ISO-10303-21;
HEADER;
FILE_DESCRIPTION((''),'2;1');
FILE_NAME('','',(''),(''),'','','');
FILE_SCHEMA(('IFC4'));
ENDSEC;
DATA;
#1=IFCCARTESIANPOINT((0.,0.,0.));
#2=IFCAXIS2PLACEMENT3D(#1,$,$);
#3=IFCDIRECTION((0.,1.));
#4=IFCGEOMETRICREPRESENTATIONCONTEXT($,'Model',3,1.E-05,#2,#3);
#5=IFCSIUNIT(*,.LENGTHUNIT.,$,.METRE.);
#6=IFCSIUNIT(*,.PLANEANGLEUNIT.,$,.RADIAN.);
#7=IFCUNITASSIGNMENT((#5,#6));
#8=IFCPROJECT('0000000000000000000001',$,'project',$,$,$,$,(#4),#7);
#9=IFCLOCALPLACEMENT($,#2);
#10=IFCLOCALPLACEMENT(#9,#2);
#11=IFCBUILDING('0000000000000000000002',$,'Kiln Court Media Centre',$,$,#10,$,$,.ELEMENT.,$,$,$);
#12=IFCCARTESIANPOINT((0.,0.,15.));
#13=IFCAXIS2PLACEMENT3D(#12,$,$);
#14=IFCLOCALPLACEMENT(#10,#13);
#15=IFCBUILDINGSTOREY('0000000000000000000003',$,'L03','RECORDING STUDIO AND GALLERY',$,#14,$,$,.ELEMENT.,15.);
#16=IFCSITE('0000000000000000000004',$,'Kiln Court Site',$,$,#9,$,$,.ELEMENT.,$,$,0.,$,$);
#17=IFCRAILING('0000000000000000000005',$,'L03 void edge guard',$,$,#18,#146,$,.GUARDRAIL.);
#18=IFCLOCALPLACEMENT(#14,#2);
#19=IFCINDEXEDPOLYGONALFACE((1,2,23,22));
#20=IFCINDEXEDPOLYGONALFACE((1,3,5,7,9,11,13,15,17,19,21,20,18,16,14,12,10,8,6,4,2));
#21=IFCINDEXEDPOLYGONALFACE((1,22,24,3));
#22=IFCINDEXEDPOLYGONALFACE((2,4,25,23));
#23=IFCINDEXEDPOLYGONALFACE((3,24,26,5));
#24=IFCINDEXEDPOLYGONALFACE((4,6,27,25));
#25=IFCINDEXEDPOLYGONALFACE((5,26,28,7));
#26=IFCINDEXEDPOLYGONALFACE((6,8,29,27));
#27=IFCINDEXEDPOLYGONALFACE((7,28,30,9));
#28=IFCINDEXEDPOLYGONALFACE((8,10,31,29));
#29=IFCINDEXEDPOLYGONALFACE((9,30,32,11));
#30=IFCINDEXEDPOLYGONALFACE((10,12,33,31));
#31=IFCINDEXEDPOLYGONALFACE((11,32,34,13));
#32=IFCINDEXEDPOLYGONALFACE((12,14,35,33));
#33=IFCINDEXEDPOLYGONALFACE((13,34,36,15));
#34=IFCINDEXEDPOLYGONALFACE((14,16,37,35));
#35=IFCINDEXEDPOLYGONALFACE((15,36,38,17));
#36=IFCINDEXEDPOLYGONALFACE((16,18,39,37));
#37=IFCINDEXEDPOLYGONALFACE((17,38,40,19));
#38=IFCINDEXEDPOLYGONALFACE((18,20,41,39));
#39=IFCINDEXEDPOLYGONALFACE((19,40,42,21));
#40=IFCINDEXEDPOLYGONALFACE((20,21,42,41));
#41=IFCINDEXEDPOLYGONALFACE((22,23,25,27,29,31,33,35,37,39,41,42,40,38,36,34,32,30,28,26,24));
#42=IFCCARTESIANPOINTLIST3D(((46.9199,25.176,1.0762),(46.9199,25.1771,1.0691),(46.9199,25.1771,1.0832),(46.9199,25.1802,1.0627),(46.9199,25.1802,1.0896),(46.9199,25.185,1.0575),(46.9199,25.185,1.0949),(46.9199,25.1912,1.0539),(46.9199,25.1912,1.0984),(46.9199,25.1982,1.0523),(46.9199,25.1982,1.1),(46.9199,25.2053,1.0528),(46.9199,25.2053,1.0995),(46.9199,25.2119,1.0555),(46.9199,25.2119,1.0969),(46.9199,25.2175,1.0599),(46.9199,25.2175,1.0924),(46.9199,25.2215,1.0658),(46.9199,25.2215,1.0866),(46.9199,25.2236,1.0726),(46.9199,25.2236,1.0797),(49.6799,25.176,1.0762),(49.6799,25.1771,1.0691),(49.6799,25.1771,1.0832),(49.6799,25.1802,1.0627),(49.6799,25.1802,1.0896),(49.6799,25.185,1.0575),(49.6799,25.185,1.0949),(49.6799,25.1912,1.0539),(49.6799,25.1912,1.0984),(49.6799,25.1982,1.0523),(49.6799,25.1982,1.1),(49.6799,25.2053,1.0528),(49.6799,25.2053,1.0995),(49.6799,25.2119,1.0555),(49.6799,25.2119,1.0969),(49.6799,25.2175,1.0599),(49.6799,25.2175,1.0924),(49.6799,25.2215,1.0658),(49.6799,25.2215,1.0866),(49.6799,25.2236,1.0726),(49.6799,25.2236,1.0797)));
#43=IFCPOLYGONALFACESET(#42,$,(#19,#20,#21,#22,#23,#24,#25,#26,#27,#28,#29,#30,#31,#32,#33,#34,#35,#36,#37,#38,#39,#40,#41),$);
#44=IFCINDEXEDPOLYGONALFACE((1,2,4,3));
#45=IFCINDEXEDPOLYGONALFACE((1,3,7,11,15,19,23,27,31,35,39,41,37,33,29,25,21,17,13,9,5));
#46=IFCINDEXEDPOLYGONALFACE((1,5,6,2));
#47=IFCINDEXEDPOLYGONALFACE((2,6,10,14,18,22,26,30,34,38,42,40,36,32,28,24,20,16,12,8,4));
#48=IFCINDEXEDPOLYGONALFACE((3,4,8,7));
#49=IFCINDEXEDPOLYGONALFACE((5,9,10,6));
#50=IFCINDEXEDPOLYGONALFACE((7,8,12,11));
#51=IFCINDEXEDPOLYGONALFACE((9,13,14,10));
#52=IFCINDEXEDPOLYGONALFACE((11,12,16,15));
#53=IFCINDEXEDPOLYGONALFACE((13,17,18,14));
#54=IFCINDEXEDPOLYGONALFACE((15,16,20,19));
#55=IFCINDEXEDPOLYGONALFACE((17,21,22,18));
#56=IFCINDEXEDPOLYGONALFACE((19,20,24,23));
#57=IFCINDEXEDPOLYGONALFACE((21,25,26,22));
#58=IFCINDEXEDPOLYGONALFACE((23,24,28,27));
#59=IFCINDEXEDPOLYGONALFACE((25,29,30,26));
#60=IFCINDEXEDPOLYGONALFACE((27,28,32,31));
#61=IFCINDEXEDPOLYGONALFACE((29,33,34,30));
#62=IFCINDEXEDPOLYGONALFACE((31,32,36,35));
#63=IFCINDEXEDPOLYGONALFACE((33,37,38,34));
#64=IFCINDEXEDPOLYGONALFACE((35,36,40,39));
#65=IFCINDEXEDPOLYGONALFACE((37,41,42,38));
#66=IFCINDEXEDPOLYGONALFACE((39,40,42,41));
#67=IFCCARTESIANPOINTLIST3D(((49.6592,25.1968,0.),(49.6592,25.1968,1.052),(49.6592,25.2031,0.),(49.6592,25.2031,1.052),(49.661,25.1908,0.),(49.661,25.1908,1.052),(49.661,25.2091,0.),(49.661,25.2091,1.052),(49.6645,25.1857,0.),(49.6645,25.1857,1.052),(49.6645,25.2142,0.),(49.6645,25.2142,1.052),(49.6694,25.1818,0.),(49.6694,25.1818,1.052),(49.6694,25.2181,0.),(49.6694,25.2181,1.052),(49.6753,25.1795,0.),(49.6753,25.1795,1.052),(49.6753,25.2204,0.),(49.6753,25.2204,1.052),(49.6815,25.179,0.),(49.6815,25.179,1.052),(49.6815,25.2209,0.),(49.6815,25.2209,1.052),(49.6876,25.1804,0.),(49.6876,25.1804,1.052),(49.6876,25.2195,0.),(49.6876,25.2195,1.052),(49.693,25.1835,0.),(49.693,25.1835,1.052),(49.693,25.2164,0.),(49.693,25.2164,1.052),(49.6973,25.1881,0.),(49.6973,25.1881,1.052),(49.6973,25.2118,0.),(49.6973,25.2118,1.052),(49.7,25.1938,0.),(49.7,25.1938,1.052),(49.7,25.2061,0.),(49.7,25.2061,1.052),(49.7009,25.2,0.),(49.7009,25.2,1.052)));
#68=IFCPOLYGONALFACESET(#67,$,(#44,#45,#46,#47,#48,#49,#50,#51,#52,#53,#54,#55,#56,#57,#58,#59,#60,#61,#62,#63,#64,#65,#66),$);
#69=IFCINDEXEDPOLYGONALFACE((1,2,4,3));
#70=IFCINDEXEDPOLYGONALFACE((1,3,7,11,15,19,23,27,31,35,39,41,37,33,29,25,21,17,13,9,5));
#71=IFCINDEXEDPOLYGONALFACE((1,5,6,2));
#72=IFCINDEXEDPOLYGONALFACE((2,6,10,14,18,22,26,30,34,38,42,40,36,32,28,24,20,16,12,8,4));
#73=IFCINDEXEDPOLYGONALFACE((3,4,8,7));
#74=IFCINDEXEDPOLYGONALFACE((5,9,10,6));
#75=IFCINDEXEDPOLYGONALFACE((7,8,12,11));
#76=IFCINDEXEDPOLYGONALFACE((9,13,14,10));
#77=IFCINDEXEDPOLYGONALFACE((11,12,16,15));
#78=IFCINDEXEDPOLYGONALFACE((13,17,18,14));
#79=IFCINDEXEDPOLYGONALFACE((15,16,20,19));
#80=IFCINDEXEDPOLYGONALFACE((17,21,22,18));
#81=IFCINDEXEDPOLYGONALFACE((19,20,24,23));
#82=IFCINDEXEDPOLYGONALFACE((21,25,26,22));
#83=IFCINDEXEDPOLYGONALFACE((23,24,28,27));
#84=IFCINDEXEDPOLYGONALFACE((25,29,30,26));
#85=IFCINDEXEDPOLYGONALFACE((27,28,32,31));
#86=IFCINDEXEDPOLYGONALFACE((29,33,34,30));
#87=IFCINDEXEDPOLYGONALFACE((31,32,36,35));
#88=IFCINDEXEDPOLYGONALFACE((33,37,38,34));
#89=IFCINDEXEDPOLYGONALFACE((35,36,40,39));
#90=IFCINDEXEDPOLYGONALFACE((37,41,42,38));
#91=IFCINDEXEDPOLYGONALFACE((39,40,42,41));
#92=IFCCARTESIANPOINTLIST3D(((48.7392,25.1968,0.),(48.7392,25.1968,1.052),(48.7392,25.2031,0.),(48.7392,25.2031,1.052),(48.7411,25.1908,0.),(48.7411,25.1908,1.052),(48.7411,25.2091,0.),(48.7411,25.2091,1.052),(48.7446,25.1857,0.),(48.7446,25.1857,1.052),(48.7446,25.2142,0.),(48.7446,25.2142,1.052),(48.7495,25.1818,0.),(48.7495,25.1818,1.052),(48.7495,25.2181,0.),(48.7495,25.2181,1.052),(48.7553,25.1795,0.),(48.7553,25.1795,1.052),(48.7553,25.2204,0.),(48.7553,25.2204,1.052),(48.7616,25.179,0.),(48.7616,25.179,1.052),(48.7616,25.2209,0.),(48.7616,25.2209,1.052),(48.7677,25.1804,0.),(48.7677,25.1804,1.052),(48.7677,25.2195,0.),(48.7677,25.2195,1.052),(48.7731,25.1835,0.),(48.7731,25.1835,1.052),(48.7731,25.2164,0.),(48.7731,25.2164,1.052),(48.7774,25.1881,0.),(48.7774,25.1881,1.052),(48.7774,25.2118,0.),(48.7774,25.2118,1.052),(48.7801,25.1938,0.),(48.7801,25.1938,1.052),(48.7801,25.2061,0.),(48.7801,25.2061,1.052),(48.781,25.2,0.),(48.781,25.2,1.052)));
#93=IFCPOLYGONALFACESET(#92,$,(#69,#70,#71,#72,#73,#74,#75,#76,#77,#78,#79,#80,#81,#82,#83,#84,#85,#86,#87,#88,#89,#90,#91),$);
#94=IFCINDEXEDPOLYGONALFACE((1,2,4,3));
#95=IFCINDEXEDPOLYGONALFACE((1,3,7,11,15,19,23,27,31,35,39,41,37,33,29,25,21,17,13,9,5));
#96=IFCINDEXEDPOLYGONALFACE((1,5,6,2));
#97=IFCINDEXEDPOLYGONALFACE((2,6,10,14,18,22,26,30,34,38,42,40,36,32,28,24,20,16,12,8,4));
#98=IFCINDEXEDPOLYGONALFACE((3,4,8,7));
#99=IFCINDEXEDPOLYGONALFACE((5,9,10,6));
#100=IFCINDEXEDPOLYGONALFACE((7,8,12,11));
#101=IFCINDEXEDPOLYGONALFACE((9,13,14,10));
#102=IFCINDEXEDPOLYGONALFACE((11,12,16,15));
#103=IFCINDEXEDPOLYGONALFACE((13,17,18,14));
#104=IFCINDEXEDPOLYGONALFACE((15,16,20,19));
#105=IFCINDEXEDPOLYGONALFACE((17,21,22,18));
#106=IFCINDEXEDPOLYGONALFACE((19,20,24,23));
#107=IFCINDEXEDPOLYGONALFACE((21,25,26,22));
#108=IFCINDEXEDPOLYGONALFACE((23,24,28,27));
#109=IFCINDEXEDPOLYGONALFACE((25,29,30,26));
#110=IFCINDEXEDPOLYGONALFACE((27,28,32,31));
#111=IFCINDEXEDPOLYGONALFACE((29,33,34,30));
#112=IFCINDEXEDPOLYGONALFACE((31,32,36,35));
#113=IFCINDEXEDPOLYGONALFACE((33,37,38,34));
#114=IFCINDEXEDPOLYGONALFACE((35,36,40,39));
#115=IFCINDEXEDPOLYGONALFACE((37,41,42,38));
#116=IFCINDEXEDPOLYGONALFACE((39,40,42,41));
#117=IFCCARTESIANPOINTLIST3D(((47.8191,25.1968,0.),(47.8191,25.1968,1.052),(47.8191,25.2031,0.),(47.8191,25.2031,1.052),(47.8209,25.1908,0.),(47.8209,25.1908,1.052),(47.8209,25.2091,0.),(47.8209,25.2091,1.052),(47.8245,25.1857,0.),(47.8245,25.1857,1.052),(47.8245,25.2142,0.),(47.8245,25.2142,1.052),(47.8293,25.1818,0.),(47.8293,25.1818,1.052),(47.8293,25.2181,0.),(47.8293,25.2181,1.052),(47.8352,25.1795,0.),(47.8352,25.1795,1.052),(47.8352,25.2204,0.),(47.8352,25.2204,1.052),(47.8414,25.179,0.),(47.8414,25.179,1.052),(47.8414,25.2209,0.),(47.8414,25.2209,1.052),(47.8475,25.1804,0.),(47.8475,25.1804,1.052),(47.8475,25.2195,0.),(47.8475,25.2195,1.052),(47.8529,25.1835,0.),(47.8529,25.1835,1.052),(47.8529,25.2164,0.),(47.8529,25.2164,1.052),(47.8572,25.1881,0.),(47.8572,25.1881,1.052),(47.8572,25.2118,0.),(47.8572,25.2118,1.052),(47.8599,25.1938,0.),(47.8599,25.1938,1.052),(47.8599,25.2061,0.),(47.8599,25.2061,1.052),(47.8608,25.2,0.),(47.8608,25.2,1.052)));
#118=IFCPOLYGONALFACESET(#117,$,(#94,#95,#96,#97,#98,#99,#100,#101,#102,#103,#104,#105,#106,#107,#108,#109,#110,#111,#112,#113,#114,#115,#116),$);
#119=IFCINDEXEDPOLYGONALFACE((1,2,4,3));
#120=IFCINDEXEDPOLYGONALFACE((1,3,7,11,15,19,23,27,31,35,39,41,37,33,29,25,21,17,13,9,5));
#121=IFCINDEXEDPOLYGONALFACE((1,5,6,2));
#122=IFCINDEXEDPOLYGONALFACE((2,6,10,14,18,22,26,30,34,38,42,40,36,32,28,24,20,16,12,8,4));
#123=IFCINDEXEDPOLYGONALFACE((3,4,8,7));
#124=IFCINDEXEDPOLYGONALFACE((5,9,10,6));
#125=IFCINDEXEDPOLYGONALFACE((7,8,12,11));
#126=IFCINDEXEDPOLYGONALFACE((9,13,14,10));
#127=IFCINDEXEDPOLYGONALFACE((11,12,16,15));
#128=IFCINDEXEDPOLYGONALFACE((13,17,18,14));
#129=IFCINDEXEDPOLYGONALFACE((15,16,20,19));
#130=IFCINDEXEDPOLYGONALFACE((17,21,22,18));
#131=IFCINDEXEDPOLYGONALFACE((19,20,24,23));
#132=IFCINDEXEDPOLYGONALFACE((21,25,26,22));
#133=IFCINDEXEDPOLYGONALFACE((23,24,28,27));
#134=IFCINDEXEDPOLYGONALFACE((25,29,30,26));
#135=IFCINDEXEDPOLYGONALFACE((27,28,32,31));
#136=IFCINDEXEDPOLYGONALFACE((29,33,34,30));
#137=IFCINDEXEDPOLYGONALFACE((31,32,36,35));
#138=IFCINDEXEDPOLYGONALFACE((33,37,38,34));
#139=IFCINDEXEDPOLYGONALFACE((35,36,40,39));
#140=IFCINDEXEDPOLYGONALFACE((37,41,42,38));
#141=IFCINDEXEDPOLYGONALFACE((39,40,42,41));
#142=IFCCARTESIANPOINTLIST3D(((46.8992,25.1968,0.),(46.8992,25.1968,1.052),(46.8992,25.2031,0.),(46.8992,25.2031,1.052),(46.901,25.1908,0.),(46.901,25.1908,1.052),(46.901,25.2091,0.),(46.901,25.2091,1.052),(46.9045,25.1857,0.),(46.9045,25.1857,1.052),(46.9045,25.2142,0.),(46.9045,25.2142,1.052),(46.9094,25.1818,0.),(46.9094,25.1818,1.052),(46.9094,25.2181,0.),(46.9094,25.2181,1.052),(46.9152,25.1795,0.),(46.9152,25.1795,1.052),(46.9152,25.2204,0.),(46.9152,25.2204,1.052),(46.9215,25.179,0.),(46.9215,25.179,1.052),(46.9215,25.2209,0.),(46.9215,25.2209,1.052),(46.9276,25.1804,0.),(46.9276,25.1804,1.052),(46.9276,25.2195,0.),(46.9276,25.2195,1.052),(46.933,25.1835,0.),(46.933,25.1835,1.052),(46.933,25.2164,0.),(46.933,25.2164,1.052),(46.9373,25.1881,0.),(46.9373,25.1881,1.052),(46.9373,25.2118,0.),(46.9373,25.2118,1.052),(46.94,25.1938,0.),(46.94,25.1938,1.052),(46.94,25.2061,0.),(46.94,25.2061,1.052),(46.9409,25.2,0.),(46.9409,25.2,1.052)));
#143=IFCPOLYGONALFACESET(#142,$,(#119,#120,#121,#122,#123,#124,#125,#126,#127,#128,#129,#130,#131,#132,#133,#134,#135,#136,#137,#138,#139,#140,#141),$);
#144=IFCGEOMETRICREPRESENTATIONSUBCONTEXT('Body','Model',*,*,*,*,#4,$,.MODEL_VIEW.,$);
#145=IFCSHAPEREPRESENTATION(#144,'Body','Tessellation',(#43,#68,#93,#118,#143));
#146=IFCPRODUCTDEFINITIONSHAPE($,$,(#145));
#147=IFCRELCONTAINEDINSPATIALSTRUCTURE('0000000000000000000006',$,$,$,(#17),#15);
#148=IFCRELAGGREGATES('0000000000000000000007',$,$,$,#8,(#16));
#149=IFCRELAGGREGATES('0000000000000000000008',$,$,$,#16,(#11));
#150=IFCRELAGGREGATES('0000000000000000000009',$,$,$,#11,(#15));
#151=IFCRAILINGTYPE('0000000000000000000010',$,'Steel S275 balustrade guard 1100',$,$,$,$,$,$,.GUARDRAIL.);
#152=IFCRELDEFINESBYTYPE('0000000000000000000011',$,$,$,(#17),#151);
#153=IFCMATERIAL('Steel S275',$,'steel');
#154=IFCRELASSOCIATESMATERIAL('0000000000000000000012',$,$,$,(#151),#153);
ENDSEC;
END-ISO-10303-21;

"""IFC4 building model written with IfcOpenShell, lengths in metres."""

from ifc_helpers import new_model, si_unit, direction, frame, origin, origin_2d, place, context, subcontext, project, spatial, circle, extrude, material, type_object, element, save


model = new_model("IFC4")

# Units and contexts
model_context = context("Model", 3, precision=1e-05, world=origin(), true_north=direction((0.0, 1.0)))
body_context = subcontext(model_context, "Body", "Model", "MODEL_VIEW")
ifc_project = project(units=[si_unit("LENGTHUNIT", "METRE"), si_unit("PLANEANGLEUNIT", "RADIAN")], contexts=[model_context])

# Site, building, storey
site_placement = place(None, origin())
site = spatial("IfcSite", under=ifc_project, at=site_placement, Name="Kiln Court Site", CompositionType="ELEMENT", RefElevation=0.0)
building_placement = place(site_placement, origin())
building = spatial("IfcBuilding", under=site, at=building_placement, Name="Kiln Court Media Centre", CompositionType="ELEMENT")
storey_placement = place(building_placement, frame((0.0, 0.0, 15.0)))
storey = spatial("IfcBuildingStorey", under=building, at=storey_placement, Name="L03", Description="RECORDING STUDIO AND GALLERY", CompositionType="ELEMENT", Elevation=15.0)

# Railing
ifc_material_1 = material(Name="Steel S275", Category="steel")
railing_type_1 = type_object("IfcRailingType", Name="Steel S275 balustrade guard 1100", PredefinedType="GUARDRAIL", material=ifc_material_1)
railing_1_placement = place(storey_placement, frame((49.6799, 25.2, 0.0)))
element("IfcRailing", 1, at=railing_1_placement, inside=storey, type_object=railing_type_1, Name="L03 void edge guard", PredefinedType="GUARDRAIL", context=body_context, shape_type="SweptSolid", body=[
    extrude(circle(Radius=0.0239, at=origin_2d()), frame((0.0, 0.0, 1.0762), z_axis=(-1.0, 0.0, 0.0), x_axis=(0.0, -1.0, 0.0)), (0.0, 0.0, 1.0), 2.76),
    extrude(circle(Radius=0.021, at=origin_2d()), origin(), (0.0, 0.0, 1.0), 1.052),
    extrude(circle(Radius=0.021, at=origin_2d()), frame((-0.9199, 0.0, 0.0)), (0.0, 0.0, 1.0), 1.052),
    extrude(circle(Radius=0.021, at=origin_2d()), frame((-1.8401, 0.0, 0.0)), (0.0, 0.0, 1.0), 1.052),
    extrude(circle(Radius=0.021, at=origin_2d()), frame((-2.76, 0.0, 0.0)), (0.0, 0.0, 1.0), 1.052),
])

save(model, "model.ifc")
